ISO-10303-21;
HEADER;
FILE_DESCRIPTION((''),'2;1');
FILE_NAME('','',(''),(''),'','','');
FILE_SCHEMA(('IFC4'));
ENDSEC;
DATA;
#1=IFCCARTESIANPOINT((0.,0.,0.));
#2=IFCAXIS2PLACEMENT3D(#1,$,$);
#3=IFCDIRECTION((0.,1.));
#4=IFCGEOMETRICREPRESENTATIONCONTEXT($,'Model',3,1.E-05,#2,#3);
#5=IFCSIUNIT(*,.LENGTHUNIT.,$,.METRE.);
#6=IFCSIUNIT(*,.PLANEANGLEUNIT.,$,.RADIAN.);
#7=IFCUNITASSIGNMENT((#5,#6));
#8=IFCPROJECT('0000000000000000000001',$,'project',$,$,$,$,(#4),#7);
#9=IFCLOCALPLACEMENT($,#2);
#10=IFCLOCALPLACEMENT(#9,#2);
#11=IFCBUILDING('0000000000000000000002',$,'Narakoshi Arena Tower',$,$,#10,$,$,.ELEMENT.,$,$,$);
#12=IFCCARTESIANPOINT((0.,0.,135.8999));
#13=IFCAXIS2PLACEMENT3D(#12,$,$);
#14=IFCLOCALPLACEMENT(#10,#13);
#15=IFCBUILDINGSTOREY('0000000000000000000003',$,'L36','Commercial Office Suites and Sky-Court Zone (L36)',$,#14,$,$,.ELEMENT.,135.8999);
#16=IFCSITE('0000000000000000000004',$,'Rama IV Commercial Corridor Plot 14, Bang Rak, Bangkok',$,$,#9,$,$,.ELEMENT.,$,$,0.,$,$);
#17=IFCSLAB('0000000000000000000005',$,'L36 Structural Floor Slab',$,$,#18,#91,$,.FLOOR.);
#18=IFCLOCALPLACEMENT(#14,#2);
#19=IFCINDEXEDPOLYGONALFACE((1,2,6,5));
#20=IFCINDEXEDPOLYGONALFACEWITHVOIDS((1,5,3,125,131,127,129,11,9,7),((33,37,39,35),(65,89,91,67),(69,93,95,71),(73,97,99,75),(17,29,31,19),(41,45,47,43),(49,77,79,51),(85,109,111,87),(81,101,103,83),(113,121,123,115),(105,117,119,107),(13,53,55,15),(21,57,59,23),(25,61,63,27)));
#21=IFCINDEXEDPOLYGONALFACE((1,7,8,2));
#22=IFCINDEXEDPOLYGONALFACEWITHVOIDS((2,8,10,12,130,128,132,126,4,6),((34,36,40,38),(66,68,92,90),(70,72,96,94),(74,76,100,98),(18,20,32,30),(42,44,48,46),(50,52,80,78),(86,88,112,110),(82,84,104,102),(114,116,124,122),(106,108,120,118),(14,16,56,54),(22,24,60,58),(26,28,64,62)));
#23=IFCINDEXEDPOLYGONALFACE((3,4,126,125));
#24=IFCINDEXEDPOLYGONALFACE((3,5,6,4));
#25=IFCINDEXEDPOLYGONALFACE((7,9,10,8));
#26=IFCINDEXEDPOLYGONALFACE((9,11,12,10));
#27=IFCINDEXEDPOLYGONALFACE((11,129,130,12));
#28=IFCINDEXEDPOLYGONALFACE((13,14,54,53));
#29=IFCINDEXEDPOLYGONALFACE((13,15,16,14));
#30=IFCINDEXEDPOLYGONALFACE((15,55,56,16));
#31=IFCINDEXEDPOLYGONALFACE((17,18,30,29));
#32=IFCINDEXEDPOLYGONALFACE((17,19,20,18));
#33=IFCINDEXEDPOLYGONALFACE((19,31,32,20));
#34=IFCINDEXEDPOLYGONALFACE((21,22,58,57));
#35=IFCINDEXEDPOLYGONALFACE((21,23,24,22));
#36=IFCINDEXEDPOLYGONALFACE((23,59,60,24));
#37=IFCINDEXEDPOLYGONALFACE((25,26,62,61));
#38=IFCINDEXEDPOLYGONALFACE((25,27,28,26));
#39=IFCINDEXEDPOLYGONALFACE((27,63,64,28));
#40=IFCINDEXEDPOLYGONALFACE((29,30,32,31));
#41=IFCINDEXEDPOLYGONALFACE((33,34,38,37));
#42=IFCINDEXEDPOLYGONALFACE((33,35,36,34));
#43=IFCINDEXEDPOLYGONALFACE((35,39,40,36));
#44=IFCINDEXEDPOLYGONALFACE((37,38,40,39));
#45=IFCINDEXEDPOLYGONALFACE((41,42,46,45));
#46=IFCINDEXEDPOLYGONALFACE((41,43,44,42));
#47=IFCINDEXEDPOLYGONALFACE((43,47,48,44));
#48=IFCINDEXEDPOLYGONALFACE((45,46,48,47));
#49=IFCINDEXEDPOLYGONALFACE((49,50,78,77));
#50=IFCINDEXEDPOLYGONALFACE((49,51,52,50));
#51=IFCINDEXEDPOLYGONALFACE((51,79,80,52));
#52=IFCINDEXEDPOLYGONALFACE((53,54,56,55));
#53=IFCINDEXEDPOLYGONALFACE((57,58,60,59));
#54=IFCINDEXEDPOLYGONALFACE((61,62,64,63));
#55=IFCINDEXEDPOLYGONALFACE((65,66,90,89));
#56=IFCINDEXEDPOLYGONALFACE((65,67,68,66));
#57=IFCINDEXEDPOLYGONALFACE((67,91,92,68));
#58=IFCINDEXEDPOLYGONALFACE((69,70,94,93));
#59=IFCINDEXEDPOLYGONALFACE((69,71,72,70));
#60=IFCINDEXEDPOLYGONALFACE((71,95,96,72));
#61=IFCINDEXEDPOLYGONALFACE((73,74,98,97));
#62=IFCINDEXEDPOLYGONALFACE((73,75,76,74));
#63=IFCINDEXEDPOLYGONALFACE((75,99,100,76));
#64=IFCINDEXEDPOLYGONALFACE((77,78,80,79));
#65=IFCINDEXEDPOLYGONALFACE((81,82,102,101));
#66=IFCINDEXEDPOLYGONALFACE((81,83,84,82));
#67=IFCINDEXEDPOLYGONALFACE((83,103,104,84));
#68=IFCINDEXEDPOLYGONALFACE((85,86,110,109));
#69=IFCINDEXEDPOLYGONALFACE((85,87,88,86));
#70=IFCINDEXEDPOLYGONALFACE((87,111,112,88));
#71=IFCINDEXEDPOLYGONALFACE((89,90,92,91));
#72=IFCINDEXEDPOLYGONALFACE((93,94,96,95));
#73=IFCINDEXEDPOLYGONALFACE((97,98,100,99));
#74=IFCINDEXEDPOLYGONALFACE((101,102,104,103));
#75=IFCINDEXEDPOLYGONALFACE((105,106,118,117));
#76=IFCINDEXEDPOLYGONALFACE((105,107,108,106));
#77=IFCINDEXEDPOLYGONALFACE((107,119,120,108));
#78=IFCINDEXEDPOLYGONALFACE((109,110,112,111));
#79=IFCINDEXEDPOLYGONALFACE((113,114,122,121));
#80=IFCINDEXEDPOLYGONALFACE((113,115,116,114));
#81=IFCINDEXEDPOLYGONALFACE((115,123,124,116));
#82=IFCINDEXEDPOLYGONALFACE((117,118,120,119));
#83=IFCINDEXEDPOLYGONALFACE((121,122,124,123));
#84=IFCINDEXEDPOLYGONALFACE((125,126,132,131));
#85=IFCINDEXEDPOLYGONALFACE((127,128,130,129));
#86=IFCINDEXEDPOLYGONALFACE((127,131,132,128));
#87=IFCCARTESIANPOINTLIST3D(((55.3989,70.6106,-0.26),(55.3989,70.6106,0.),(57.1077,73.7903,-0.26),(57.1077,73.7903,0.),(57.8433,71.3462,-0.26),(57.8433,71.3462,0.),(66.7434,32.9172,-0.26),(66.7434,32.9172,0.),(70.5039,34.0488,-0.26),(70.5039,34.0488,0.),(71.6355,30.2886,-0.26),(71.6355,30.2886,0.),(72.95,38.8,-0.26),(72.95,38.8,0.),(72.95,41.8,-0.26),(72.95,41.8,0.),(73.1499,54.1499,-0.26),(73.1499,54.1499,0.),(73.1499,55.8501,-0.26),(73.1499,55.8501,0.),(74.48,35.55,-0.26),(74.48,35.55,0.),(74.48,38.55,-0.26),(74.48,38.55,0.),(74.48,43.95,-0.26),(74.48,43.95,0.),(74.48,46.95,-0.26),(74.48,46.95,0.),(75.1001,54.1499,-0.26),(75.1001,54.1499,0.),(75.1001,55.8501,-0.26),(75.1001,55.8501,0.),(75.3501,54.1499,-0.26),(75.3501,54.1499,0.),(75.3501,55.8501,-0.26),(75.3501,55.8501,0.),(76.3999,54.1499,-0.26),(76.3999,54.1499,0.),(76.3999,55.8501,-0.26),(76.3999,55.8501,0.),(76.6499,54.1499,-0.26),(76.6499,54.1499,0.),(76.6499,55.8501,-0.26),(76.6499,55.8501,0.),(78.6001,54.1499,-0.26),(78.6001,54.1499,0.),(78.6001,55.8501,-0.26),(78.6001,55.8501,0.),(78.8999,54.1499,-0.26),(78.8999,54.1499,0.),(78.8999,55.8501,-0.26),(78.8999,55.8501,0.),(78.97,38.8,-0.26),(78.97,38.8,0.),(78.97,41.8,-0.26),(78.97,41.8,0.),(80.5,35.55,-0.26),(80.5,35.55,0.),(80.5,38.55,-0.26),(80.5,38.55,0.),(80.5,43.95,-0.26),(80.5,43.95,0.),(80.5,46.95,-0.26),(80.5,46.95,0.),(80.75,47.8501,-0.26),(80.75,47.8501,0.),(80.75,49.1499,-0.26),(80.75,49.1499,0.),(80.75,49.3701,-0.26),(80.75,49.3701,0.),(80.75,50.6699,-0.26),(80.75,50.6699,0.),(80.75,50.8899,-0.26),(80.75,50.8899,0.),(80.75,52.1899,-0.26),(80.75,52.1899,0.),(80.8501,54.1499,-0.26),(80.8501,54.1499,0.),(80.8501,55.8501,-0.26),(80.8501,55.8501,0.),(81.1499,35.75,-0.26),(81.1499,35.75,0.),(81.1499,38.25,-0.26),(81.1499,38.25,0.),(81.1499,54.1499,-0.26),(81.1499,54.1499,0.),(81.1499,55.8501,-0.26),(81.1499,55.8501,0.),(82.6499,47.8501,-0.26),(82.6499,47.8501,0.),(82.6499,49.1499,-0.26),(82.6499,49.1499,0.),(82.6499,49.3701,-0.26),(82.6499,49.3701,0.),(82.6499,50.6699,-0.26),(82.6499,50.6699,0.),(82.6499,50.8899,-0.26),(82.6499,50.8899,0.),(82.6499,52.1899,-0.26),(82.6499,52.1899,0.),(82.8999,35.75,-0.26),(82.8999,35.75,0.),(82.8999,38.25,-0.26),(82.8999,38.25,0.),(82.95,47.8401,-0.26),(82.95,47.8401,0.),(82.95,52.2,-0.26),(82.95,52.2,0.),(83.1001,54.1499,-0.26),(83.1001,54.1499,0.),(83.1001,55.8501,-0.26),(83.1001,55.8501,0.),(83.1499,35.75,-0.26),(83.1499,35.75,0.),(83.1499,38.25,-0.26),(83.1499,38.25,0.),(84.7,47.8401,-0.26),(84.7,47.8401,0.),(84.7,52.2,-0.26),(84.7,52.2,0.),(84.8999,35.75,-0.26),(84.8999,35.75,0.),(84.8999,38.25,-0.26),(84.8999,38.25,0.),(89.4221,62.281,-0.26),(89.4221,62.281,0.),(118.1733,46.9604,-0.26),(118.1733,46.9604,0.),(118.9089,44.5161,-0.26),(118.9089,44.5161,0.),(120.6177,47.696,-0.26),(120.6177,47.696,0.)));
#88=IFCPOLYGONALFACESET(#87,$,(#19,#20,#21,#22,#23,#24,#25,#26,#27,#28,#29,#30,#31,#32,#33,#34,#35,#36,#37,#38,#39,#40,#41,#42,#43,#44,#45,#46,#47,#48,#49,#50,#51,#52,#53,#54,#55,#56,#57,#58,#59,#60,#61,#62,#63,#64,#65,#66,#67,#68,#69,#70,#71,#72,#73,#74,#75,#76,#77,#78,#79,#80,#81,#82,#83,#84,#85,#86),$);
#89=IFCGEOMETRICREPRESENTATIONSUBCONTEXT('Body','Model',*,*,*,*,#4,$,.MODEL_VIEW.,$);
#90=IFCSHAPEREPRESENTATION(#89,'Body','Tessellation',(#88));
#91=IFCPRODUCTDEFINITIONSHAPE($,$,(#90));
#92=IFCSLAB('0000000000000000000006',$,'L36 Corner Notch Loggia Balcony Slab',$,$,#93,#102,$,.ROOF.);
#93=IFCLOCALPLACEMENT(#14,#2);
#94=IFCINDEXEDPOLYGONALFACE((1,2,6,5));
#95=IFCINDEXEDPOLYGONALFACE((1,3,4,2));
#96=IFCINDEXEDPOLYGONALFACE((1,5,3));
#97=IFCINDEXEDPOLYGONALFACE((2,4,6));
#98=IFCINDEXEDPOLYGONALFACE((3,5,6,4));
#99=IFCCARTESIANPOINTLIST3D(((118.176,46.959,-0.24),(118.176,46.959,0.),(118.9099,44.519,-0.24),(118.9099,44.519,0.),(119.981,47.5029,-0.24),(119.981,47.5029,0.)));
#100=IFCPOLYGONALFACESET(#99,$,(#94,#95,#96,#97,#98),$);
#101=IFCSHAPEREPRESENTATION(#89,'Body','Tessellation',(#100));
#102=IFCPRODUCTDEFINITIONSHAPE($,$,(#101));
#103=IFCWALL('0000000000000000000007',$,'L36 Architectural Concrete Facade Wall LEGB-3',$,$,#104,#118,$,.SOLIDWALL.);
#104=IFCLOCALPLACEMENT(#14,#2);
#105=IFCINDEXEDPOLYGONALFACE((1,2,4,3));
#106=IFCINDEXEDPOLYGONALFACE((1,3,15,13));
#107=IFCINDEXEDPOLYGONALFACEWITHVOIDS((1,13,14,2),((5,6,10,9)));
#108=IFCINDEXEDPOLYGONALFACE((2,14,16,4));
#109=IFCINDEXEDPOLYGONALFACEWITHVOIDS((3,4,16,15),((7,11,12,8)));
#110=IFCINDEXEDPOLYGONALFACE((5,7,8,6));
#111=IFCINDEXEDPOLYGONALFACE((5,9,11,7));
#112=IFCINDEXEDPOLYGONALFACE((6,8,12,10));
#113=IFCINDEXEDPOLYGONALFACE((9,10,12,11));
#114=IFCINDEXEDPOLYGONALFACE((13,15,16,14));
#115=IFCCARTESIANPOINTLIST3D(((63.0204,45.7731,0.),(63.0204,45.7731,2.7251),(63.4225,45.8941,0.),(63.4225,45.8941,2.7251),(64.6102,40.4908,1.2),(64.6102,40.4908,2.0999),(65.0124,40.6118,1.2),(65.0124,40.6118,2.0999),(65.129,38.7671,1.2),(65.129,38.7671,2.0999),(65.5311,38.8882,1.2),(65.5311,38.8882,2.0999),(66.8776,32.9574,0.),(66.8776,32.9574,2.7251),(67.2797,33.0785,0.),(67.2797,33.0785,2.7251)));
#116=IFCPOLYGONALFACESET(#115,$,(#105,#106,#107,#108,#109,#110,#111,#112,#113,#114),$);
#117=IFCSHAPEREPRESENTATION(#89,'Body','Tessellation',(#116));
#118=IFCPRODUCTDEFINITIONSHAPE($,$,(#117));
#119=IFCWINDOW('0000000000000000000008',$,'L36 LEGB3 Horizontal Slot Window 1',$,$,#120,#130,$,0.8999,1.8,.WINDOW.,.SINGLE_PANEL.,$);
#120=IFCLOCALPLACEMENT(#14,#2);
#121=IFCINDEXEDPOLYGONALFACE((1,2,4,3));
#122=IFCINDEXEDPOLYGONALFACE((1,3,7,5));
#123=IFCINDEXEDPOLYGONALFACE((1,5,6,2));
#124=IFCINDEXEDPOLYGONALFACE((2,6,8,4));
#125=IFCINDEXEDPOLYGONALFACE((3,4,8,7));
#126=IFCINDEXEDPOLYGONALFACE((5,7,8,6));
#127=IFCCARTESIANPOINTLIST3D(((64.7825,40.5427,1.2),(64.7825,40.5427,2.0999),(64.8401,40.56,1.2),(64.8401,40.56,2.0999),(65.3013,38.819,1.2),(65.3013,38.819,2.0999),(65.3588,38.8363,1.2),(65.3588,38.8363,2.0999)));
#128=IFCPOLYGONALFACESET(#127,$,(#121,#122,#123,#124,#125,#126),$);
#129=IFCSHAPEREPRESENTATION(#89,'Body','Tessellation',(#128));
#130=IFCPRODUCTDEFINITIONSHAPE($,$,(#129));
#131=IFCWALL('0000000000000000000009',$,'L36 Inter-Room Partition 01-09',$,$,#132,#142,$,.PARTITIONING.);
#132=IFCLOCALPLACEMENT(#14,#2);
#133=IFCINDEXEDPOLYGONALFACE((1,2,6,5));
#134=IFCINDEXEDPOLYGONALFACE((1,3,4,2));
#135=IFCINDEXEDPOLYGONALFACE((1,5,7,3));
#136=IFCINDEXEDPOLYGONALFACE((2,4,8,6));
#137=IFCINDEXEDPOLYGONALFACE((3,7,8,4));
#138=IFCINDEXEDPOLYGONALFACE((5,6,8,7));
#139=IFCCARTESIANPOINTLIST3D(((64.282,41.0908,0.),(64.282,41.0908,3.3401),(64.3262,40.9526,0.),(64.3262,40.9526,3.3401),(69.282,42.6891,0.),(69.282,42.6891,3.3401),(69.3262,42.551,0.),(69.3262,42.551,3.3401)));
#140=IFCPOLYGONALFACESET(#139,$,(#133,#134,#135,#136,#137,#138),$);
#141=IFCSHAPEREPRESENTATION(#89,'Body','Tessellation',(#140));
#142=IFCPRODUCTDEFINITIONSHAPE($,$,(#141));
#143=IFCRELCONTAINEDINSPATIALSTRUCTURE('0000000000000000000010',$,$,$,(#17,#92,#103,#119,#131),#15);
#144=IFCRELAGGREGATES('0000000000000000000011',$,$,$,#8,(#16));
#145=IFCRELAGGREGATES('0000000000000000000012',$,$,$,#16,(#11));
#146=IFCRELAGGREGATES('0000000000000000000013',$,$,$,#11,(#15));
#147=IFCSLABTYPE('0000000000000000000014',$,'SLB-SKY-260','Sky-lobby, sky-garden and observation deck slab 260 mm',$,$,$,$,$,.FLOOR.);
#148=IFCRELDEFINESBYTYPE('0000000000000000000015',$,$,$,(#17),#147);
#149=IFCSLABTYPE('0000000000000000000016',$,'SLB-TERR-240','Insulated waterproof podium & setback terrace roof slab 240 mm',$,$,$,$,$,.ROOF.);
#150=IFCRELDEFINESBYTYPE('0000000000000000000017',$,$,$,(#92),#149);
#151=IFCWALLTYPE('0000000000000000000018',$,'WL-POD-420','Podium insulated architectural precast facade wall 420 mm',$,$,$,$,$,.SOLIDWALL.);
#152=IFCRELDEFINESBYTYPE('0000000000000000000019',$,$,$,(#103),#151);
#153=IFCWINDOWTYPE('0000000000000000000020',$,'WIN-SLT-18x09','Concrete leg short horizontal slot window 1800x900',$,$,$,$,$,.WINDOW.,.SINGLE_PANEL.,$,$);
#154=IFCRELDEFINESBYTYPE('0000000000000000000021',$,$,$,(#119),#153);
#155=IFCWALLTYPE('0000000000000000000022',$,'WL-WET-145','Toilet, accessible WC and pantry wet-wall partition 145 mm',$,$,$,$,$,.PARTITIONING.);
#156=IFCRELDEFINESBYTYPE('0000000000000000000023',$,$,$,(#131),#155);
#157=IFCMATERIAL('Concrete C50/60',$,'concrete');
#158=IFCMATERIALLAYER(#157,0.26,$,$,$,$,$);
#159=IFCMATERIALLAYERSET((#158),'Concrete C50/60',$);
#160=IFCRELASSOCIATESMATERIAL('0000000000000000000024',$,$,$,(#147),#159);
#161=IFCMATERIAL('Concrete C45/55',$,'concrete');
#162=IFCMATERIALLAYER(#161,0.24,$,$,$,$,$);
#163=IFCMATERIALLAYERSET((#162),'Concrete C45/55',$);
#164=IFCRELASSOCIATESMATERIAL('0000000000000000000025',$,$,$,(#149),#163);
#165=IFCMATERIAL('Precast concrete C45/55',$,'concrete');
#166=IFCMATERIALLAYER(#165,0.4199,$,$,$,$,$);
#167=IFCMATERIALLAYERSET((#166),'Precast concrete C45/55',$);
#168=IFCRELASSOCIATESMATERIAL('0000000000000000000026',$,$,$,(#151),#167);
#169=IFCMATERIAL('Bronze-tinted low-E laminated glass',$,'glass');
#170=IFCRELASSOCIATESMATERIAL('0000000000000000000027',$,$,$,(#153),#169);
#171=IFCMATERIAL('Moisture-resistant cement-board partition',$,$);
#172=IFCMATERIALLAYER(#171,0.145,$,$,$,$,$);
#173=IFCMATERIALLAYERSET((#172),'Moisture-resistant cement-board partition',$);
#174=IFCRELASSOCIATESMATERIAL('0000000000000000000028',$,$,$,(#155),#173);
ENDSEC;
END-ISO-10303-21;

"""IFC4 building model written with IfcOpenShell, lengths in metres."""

from ifc_helpers import new_model, si_unit, direction, frame, frame_2d, origin, place, context, subcontext, project, spatial, polyline, rectangle, outline, extrude, material, layer, layer_set, type_object, element, fill, save


model = new_model("IFC4")

# Units and contexts
model_context = context("Model", 3, precision=1e-05, world=origin(), true_north=direction((0.0, 1.0)))
body_context = subcontext(model_context, "Body", "Model", "MODEL_VIEW")
ifc_project = project(units=[si_unit("LENGTHUNIT", "METRE"), si_unit("PLANEANGLEUNIT", "RADIAN")], contexts=[model_context])

# Site, building, storey
site_placement = place(None, origin())
site = spatial("IfcSite", under=ifc_project, at=site_placement, Name="Rama IV Commercial Corridor Plot 14, Bang Rak, Bangkok", CompositionType="ELEMENT", RefElevation=0.0)
building_placement = place(site_placement, origin())
building = spatial("IfcBuilding", under=site, at=building_placement, Name="Narakoshi Arena Tower", CompositionType="ELEMENT")
storey_placement = place(building_placement, frame((0.0, 0.0, 135.8999)))
storey = spatial("IfcBuildingStorey", under=building, at=storey_placement, Name="L36", Description="Commercial Office Suites and Sky-Court Zone (L36)", CompositionType="ELEMENT", Elevation=135.8999)

# Shared definitions
ifc_material_1 = material(Name="Concrete C45/55", Category="concrete")

# Slabs
ifc_material_2 = material(Name="Concrete C50/60", Category="concrete")
ifc_layer_1 = layer(ifc_material_2, 0.26)
ifc_layer_set_1 = layer_set([ifc_layer_1], Name="Concrete C50/60")
slab_type_1 = type_object("IfcSlabType", Name="SLB-SKY-260", Description="Sky-lobby, sky-garden and observation deck slab 260 mm", PredefinedType="FLOOR", material=ifc_layer_set_1)
slab_1_placement = place(storey_placement, frame((0.0, 0.0, -0.26)))
element("IfcSlab", 1, at=slab_1_placement, inside=storey, type_object=slab_type_1, Name="L36 Structural Floor Slab", PredefinedType="FLOOR", context=body_context, shape_type="SweptSolid", body=[
    extrude(outline(polyline([(71.6355, 30.2886), (118.9089, 44.5161), (118.1733, 46.9604), (120.6177, 47.696), (89.4221, 62.281), (57.1077, 73.7903), (57.8433, 71.3462), (55.3989, 70.6106), (66.7434, 32.9172), (70.5039, 34.0488), (71.6355, 30.2886)]), holes=[polyline([(80.5, 35.55), (74.48, 35.55), (74.48, 38.55), (80.5, 38.55), (80.5, 35.55)]), polyline([(82.8999, 35.75), (81.1499, 35.75), (81.1499, 38.25), (82.8999, 38.25), (82.8999, 35.75)]), polyline([(83.1499, 35.75), (83.1499, 38.25), (84.8999, 38.25), (84.8999, 35.75), (83.1499, 35.75)]), polyline([(72.95, 38.8), (72.95, 41.8), (78.97, 41.8), (78.97, 38.8), (72.95, 38.8)]), polyline([(74.48, 43.95), (74.48, 46.95), (80.5, 46.95), (80.5, 43.95), (74.48, 43.95)]), polyline([(82.95, 47.8401), (82.95, 52.2), (84.7, 52.2), (84.7, 47.8401), (82.95, 47.8401)]), polyline([(80.75, 47.8501), (80.75, 49.1499), (82.6499, 49.1499), (82.6499, 47.8501), (80.75, 47.8501)]), polyline([(80.75, 49.3701), (80.75, 50.6699), (82.6499, 50.6699), (82.6499, 49.3701), (80.75, 49.3701)]), polyline([(80.75, 50.8899), (80.75, 52.1899), (82.6499, 52.1899), (82.6499, 50.8899), (80.75, 50.8899)]), polyline([(73.1499, 54.1499), (73.1499, 55.8501), (75.1001, 55.8501), (75.1001, 54.1499), (73.1499, 54.1499)]), polyline([(75.3501, 54.1499), (75.3501, 55.8501), (76.3999, 55.8501), (76.3999, 54.1499), (75.3501, 54.1499)]), polyline([(76.6499, 54.1499), (76.6499, 55.8501), (78.6001, 55.8501), (78.6001, 54.1499), (76.6499, 54.1499)]), polyline([(78.8999, 54.1499), (78.8999, 55.8501), (80.8501, 55.8501), (80.8501, 54.1499), (78.8999, 54.1499)]), polyline([(81.1499, 54.1499), (81.1499, 55.8501), (83.1001, 55.8501), (83.1001, 54.1499), (81.1499, 54.1499)])]), origin(), (0.0, 0.0, 1.0), 0.26),
])
ifc_layer_2 = layer(ifc_material_1, 0.24)
ifc_layer_set_2 = layer_set([ifc_layer_2], Name="Concrete C45/55")
slab_type_2 = type_object("IfcSlabType", Name="SLB-TERR-240", Description="Insulated waterproof podium & setback terrace roof slab 240 mm", PredefinedType="ROOF", material=ifc_layer_set_2)
slab_2_placement = place(storey_placement, frame((0.0, 0.0, -0.24)))
element("IfcSlab", 2, at=slab_2_placement, inside=storey, type_object=slab_type_2, Name="L36 Corner Notch Loggia Balcony Slab", PredefinedType="ROOF", context=body_context, shape_type="SweptSolid", body=[
    extrude(outline(polyline([(119.981, 47.5029), (118.176, 46.959), (118.9099, 44.519), (119.981, 47.5029)])), origin(), (0.0, 0.0, 1.0), 0.24),
])

# Wall, opening, window
ifc_material_3 = material(Name="Precast concrete C45/55", Category="concrete")
ifc_layer_3 = layer(ifc_material_3, 0.4199)
ifc_layer_set_3 = layer_set([ifc_layer_3], Name="Precast concrete C45/55")
wall_type_1 = type_object("IfcWallType", Name="WL-POD-420", Description="Podium insulated architectural precast facade wall 420 mm", PredefinedType="SOLIDWALL", material=ifc_layer_set_3)
wall_1_placement = place(storey_placement, frame((63.2214, 45.8337, 0.0), z_axis=(0.0, 0.0, 1.0), x_axis=(0.288203, -0.957569, 0.0)))
wall_1 = element("IfcWall", 3, at=wall_1_placement, inside=storey, type_object=wall_type_1, Name="L36 Architectural Concrete Facade Wall LEGB-3", PredefinedType="SOLIDWALL", context=body_context, shape_type="SweptSolid", body=[
    extrude(rectangle(XDim=13.3835, YDim=0.4199, at=frame_2d((6.6919, 0.0))), origin(), (0.0, 0.0, 1.0), 2.7251),
])
opening_placement = place(wall_1_placement, frame((5.5166, 0.0, 1.2)))
opening = element("IfcOpeningElement", 4, at=opening_placement, cuts=wall_1, PredefinedType="OPENING", context=body_context, shape_type="SweptSolid", body=[
    extrude(rectangle(XDim=1.8, YDim=0.8999, at=frame_2d((0.8999, 0.45))), frame((0.0, 0.22, 0.0), z_axis=(0.0, -1.0, 0.0), x_axis=(1.0, 0.0, 0.0)), (0.0, 0.0, 1.0), 0.4399),
])
ifc_material_4 = material(Name="Bronze-tinted low-E laminated glass", Category="glass")
window_type = type_object("IfcWindowType", Name="WIN-SLT-18x09", Description="Concrete leg short horizontal slot window 1800x900", PartitioningType="SINGLE_PANEL", PredefinedType="WINDOW", material=ifc_material_4)
window_placement = place(opening_placement, origin())
window = element("IfcWindow", 5, at=window_placement, inside=storey, type_object=window_type, Name="L36 LEGB3 Horizontal Slot Window 1", OverallHeight=0.8999, OverallWidth=1.8, PartitioningType="SINGLE_PANEL", PredefinedType="WINDOW", context=body_context, shape_type="SweptSolid", body=[
    extrude(rectangle(XDim=1.8, YDim=0.8999, at=frame_2d((0.8999, 0.45))), frame((0.0, 0.03, 0.0), z_axis=(0.0, -1.0, 0.0), x_axis=(1.0, 0.0, 0.0)), (0.0, 0.0, 1.0), 0.0601),
])
fill(opening, window)

# Wall
ifc_material_5 = material(Name="Moisture-resistant cement-board partition")
ifc_layer_4 = layer(ifc_material_5, 0.145)
ifc_layer_set_4 = layer_set([ifc_layer_4], Name="Moisture-resistant cement-board partition")
wall_type_2 = type_object("IfcWallType", Name="WL-WET-145", Description="Toilet, accessible WC and pantry wet-wall partition 145 mm", PredefinedType="PARTITIONING", material=ifc_layer_set_4)
wall_2_placement = place(storey_placement, frame((64.3042, 41.0217, 0.0), z_axis=(0.0, 0.0, 1.0), x_axis=(0.952513, 0.304497, 0.0)))
element("IfcWall", 6, at=wall_2_placement, inside=storey, type_object=wall_type_2, Name="L36 Inter-Room Partition 01-09", PredefinedType="PARTITIONING", context=body_context, shape_type="SweptSolid", body=[
    extrude(rectangle(XDim=5.2493, YDim=0.145, at=frame_2d((2.6245, 0.0))), origin(), (0.0, 0.0, 1.0), 3.3401),
])

save(model, "model.ifc")
